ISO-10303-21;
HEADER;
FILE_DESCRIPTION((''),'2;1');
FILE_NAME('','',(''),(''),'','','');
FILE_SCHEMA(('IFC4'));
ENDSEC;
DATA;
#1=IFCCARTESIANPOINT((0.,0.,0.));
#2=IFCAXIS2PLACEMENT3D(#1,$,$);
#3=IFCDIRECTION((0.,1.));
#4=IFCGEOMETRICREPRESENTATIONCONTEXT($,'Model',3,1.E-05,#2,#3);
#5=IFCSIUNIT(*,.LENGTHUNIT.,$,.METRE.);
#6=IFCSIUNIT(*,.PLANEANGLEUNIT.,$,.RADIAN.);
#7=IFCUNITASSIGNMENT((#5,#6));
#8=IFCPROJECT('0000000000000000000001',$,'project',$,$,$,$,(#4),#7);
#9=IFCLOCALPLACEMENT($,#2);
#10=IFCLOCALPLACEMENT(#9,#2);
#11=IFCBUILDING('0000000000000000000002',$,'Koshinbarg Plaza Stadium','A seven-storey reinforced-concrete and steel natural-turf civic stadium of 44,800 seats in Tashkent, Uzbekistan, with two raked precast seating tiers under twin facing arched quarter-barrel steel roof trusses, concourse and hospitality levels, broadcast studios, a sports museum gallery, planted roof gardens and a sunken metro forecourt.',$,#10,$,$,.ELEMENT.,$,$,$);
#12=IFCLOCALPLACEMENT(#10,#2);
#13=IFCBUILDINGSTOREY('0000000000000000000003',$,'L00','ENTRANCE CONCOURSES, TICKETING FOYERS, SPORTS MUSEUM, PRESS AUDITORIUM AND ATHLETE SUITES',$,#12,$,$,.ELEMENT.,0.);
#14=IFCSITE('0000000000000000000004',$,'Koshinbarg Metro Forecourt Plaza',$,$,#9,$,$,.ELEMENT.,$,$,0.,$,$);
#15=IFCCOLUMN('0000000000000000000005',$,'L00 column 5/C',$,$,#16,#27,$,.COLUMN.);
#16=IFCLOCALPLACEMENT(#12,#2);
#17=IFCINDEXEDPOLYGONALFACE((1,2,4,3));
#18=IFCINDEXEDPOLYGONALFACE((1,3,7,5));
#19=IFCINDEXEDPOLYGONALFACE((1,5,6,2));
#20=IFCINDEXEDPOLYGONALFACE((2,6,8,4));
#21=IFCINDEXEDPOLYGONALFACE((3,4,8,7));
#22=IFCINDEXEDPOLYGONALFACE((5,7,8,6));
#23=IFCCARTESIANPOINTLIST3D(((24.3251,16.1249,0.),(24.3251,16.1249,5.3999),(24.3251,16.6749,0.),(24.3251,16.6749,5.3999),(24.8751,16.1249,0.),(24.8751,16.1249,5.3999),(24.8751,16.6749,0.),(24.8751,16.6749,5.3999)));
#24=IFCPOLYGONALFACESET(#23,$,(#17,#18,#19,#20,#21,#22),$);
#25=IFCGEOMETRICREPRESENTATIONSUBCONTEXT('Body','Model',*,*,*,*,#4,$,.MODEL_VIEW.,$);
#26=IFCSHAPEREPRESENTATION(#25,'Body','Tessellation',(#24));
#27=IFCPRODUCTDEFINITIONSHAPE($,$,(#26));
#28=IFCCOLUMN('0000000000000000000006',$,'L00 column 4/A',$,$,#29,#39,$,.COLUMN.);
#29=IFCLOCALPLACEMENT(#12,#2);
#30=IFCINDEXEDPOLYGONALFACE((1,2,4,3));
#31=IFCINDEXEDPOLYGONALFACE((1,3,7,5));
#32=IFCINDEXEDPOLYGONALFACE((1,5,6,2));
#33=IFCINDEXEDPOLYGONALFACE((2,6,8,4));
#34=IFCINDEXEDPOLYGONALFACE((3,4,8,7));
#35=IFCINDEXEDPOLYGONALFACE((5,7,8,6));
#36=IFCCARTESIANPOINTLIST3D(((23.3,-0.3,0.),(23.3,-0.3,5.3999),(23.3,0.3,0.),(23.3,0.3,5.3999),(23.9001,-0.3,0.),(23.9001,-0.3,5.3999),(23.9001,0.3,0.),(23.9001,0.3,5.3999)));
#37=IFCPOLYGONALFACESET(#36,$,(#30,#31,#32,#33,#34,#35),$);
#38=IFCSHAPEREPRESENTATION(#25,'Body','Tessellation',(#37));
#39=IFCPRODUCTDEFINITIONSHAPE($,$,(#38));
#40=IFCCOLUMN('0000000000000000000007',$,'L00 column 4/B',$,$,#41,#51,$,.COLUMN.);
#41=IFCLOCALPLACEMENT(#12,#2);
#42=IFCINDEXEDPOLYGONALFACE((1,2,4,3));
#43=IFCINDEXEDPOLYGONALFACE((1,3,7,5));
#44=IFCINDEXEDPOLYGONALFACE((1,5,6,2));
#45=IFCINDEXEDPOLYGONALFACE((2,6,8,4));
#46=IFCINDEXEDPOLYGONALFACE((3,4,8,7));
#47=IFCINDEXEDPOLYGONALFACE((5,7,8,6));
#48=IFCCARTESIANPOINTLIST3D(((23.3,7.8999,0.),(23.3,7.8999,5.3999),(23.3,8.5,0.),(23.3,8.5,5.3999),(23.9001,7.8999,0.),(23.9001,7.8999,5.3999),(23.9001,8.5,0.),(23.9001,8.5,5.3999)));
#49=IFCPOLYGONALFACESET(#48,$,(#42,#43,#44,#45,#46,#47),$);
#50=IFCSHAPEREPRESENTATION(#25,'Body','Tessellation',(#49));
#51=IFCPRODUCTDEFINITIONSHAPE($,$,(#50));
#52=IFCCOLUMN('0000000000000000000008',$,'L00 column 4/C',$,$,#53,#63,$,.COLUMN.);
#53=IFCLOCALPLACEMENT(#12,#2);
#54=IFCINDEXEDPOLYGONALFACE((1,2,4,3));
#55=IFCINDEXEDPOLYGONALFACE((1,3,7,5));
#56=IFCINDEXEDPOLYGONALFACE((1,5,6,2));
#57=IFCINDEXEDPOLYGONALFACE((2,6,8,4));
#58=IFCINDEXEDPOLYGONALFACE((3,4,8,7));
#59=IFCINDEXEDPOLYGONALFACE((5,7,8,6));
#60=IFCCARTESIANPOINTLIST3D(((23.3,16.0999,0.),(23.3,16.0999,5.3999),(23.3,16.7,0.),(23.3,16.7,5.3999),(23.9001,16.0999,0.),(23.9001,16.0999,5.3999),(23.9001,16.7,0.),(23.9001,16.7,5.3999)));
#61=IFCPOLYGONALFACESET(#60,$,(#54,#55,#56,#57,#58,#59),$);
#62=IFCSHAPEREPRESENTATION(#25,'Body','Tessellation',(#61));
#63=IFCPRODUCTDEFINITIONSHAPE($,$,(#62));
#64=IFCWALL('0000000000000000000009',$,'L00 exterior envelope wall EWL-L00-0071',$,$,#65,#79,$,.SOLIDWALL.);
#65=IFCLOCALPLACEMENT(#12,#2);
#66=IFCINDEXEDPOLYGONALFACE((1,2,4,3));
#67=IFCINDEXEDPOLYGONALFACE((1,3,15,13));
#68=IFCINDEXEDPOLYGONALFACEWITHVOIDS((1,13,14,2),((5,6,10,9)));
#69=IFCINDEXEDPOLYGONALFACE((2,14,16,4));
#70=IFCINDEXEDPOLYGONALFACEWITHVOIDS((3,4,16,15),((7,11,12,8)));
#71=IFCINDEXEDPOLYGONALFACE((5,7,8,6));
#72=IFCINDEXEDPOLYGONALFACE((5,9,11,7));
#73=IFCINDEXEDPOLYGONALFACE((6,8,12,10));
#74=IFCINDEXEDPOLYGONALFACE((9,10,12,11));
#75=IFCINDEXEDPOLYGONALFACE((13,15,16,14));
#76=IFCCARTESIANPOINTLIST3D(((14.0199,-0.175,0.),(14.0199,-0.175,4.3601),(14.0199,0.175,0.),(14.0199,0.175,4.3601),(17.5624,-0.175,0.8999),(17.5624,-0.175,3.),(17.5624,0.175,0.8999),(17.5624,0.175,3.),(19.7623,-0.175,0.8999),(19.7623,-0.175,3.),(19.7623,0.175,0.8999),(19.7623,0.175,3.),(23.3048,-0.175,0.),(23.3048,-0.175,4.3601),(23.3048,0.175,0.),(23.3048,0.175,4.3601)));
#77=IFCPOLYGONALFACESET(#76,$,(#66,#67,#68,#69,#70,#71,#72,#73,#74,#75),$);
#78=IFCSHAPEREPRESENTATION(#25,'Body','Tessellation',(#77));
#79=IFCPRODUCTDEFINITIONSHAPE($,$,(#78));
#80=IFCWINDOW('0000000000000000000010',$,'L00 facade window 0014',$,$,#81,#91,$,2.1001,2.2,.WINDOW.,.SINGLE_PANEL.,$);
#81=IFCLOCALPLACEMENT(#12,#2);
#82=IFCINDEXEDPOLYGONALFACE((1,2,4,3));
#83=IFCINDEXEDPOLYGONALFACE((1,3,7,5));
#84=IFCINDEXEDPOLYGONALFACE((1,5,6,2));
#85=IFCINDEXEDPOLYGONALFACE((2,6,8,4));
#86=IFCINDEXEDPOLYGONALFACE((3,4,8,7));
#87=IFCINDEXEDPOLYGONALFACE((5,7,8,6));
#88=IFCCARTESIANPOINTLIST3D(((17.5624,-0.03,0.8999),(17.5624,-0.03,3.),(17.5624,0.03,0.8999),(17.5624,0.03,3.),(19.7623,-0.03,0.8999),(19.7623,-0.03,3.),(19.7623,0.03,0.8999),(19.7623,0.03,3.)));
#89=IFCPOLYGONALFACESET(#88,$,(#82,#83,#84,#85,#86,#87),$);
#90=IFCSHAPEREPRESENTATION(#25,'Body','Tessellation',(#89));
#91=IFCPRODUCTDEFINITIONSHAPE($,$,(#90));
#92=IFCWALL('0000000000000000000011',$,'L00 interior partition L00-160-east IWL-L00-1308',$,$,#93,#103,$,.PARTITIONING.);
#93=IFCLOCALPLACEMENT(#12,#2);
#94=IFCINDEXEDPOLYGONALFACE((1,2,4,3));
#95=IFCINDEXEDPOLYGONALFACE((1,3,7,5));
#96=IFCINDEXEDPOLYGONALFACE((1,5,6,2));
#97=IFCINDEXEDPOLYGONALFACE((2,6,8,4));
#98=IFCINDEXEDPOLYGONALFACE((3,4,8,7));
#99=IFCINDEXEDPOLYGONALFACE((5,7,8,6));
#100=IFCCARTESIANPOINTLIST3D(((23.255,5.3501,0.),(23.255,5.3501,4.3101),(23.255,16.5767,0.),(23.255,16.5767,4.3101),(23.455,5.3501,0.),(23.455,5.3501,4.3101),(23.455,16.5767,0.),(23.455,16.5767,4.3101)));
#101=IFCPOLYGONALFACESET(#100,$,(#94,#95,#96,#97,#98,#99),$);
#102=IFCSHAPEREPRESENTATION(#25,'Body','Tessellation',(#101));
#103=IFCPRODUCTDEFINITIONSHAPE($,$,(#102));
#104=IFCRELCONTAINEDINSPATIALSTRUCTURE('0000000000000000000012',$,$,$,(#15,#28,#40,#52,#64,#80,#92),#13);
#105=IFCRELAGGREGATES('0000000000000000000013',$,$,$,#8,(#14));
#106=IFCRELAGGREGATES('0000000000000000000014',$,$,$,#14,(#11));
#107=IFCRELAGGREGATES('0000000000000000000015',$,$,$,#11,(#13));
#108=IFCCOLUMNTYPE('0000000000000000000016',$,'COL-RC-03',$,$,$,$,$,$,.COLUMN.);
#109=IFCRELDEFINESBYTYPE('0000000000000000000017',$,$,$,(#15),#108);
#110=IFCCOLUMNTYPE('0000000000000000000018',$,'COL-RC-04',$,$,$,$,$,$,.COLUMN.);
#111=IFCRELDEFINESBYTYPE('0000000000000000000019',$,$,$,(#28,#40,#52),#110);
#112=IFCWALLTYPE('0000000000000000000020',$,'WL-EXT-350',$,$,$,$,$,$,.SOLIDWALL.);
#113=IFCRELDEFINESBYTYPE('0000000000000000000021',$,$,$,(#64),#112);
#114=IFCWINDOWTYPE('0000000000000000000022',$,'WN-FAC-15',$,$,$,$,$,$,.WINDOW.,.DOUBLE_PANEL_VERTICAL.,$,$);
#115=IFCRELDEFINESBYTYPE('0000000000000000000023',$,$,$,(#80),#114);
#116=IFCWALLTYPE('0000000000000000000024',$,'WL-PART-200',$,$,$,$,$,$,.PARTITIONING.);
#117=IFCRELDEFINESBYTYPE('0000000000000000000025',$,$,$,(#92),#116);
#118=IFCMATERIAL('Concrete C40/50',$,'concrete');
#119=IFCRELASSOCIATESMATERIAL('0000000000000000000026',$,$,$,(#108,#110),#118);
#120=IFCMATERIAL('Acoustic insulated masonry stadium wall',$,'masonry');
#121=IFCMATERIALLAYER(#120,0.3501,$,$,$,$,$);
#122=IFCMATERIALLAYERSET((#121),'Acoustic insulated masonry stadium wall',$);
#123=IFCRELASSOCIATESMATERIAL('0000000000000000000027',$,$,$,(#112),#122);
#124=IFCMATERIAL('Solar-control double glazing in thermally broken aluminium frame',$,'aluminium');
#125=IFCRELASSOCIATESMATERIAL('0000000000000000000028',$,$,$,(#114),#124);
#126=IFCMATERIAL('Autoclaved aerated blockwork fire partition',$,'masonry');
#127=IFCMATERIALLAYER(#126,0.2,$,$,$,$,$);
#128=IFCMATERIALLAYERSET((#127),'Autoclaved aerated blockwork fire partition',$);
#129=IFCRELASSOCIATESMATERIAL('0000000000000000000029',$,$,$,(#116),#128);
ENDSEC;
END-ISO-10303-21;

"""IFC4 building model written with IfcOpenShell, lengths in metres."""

from ifc_helpers import new_model, si_unit, direction, frame, frame_2d, origin, origin_2d, place, context, subcontext, project, spatial, rectangle, extrude, material, layer, layer_set, material_profile, profile_set, type_object, element, fill, save


model = new_model("IFC4")

# Units and contexts
model_context = context("Model", 3, precision=1e-05, world=origin(), true_north=direction((0.0, 1.0)))
body_context = subcontext(model_context, "Body", "Model", "MODEL_VIEW")
ifc_project = project(units=[si_unit("LENGTHUNIT", "METRE"), si_unit("PLANEANGLEUNIT", "RADIAN")], contexts=[model_context])

# Site, building, storey
site_placement = place(None, origin())
site = spatial("IfcSite", under=ifc_project, at=site_placement, Name="Koshinbarg Metro Forecourt Plaza", CompositionType="ELEMENT", RefElevation=0.0)
building_placement = place(site_placement, origin())
building = spatial("IfcBuilding", under=site, at=building_placement, Name="Koshinbarg Plaza Stadium", Description="A seven-storey reinforced-concrete and steel natural-turf civic stadium of 44,800 seats in Tashkent, Uzbekistan, with two raked precast seating tiers under twin facing arched quarter-barrel steel roof trusses, concourse and hospitality levels, broadcast studios, a sports museum gallery, planted roof gardens and a sunken metro forecourt.", CompositionType="ELEMENT")
storey_placement = place(building_placement, origin())
storey = spatial("IfcBuildingStorey", under=building, at=storey_placement, Name="L00", Description="ENTRANCE CONCOURSES, TICKETING FOYERS, SPORTS MUSEUM, PRESS AUDITORIUM AND ATHLETE SUITES", CompositionType="ELEMENT", Elevation=0.0)

# Columns
ifc_material_1 = material(Name="Concrete C40/50", Category="concrete")
ifc_material_profile_1 = material_profile(ifc_material_1, rectangle(XDim=0.55, YDim=0.55, at=origin_2d()), Name="RC 550x550")
ifc_profile_set_1 = profile_set([ifc_material_profile_1], Name="Concrete C40/50")
column_type_1 = type_object("IfcColumnType", Name="COL-RC-03", PredefinedType="COLUMN", material=ifc_profile_set_1)
for number, where, z_axis, x_axis, name in (
    (1, (24.6001, 16.3999, 0.0), (0.0, 0.0, 1.0), (1.0, 0.0, 0.0), "L00 column 5/C"),
):
    element("IfcColumn", number, at=place(storey_placement, frame(where, z_axis=z_axis, x_axis=x_axis)), inside=storey, type_object=column_type_1, Name=name, PredefinedType="COLUMN", context=body_context, shape_type="SweptSolid", body=[
        extrude(rectangle(XDim=0.55, YDim=0.55, at=origin_2d()), origin(), (0.0, 0.0, 1.0), 5.3999),
    ])
ifc_material_profile_2 = material_profile(ifc_material_1, rectangle(XDim=0.6001, YDim=0.6001, at=origin_2d()), Name="RC 600x600")
ifc_profile_set_2 = profile_set([ifc_material_profile_2], Name="Concrete C40/50")
column_type_2 = type_object("IfcColumnType", Name="COL-RC-04", PredefinedType="COLUMN", material=ifc_profile_set_2)
for number, where, z_axis, x_axis, name in (
    (2, (23.6001, 0.0, 0.0), (0.0, 0.0, 1.0), (1.0, 0.0, 0.0), "L00 column 4/A"),
    (3, (23.6001, 8.2, 0.0), (0.0, 0.0, 1.0), (1.0, 0.0, 0.0), "L00 column 4/B"),
    (4, (23.6001, 16.3999, 0.0), (0.0, 0.0, 1.0), (1.0, 0.0, 0.0), "L00 column 4/C"),
):
    element("IfcColumn", number, at=place(storey_placement, frame(where, z_axis=z_axis, x_axis=x_axis)), inside=storey, type_object=column_type_2, Name=name, PredefinedType="COLUMN", context=body_context, shape_type="SweptSolid", body=[
        extrude(rectangle(XDim=0.6001, YDim=0.6001, at=origin_2d()), origin(), (0.0, 0.0, 1.0), 5.3999),
    ])

# Wall, opening, window
ifc_material_2 = material(Name="Acoustic insulated masonry stadium wall", Category="masonry")
ifc_layer_1 = layer(ifc_material_2, 0.3501)
ifc_layer_set_1 = layer_set([ifc_layer_1], Name="Acoustic insulated masonry stadium wall")
wall_type_1 = type_object("IfcWallType", Name="WL-EXT-350", PredefinedType="SOLIDWALL", material=ifc_layer_set_1)
wall_1_placement = place(storey_placement, frame((23.3049, 0.0, 0.0), z_axis=(0.0, 0.0, 1.0), x_axis=(-1.0, 0.0, 0.0)))
wall_1 = element("IfcWall", 5, at=wall_1_placement, inside=storey, type_object=wall_type_1, Name="L00 exterior envelope wall EWL-L00-0071", PredefinedType="SOLIDWALL", context=body_context, shape_type="SweptSolid", body=[
    extrude(rectangle(XDim=9.2849, YDim=0.3501, at=frame_2d((4.6426, 0.0))), origin(), (0.0, 0.0, 1.0), 4.3601),
])
opening_placement = place(wall_1_placement, frame((3.5425, 0.0, 0.8999)))
opening = element("IfcOpeningElement", 6, at=opening_placement, cuts=wall_1, PredefinedType="OPENING", context=body_context, shape_type="SweptSolid", body=[
    extrude(rectangle(XDim=2.2, YDim=2.1001, at=frame_2d((1.1001, 1.05))), frame((0.0, 0.1851, 0.0), z_axis=(0.0, -1.0, 0.0), x_axis=(1.0, 0.0, 0.0)), (0.0, 0.0, 1.0), 0.3701),
])
ifc_material_3 = material(Name="Solar-control double glazing in thermally broken aluminium frame", Category="aluminium")
window_type = type_object("IfcWindowType", Name="WN-FAC-15", PartitioningType="DOUBLE_PANEL_VERTICAL", PredefinedType="WINDOW", material=ifc_material_3)
window_placement = place(opening_placement, origin())
window = element("IfcWindow", 7, at=window_placement, inside=storey, type_object=window_type, Name="L00 facade window 0014", OverallHeight=2.1001, OverallWidth=2.2, PartitioningType="SINGLE_PANEL", PredefinedType="WINDOW", context=body_context, shape_type="SweptSolid", body=[
    extrude(rectangle(XDim=2.2, YDim=2.1001, at=frame_2d((1.1001, 1.05))), frame((0.0, 0.03, 0.0), z_axis=(0.0, -1.0, 0.0), x_axis=(1.0, 0.0, 0.0)), (0.0, 0.0, 1.0), 0.0601),
])
fill(opening, window)

# Wall
ifc_material_4 = material(Name="Autoclaved aerated blockwork fire partition", Category="masonry")
ifc_layer_2 = layer(ifc_material_4, 0.2)
ifc_layer_set_2 = layer_set([ifc_layer_2], Name="Autoclaved aerated blockwork fire partition")
wall_type_2 = type_object("IfcWallType", Name="WL-PART-200", PredefinedType="PARTITIONING", material=ifc_layer_set_2)
wall_2_placement = place(storey_placement, frame((23.355, 5.3501, 0.0), z_axis=(0.0, 0.0, 1.0), x_axis=(0.0, 1.0, 0.0)))
element("IfcWall", 8, at=wall_2_placement, inside=storey, type_object=wall_type_2, Name="L00 interior partition L00-160-east IWL-L00-1308", PredefinedType="PARTITIONING", context=body_context, shape_type="SweptSolid", body=[
    extrude(rectangle(XDim=11.2266, YDim=0.2, at=frame_2d((5.6133, 0.0))), origin(), (0.0, 0.0, 1.0), 4.3101),
])

save(model, "model.ifc")
